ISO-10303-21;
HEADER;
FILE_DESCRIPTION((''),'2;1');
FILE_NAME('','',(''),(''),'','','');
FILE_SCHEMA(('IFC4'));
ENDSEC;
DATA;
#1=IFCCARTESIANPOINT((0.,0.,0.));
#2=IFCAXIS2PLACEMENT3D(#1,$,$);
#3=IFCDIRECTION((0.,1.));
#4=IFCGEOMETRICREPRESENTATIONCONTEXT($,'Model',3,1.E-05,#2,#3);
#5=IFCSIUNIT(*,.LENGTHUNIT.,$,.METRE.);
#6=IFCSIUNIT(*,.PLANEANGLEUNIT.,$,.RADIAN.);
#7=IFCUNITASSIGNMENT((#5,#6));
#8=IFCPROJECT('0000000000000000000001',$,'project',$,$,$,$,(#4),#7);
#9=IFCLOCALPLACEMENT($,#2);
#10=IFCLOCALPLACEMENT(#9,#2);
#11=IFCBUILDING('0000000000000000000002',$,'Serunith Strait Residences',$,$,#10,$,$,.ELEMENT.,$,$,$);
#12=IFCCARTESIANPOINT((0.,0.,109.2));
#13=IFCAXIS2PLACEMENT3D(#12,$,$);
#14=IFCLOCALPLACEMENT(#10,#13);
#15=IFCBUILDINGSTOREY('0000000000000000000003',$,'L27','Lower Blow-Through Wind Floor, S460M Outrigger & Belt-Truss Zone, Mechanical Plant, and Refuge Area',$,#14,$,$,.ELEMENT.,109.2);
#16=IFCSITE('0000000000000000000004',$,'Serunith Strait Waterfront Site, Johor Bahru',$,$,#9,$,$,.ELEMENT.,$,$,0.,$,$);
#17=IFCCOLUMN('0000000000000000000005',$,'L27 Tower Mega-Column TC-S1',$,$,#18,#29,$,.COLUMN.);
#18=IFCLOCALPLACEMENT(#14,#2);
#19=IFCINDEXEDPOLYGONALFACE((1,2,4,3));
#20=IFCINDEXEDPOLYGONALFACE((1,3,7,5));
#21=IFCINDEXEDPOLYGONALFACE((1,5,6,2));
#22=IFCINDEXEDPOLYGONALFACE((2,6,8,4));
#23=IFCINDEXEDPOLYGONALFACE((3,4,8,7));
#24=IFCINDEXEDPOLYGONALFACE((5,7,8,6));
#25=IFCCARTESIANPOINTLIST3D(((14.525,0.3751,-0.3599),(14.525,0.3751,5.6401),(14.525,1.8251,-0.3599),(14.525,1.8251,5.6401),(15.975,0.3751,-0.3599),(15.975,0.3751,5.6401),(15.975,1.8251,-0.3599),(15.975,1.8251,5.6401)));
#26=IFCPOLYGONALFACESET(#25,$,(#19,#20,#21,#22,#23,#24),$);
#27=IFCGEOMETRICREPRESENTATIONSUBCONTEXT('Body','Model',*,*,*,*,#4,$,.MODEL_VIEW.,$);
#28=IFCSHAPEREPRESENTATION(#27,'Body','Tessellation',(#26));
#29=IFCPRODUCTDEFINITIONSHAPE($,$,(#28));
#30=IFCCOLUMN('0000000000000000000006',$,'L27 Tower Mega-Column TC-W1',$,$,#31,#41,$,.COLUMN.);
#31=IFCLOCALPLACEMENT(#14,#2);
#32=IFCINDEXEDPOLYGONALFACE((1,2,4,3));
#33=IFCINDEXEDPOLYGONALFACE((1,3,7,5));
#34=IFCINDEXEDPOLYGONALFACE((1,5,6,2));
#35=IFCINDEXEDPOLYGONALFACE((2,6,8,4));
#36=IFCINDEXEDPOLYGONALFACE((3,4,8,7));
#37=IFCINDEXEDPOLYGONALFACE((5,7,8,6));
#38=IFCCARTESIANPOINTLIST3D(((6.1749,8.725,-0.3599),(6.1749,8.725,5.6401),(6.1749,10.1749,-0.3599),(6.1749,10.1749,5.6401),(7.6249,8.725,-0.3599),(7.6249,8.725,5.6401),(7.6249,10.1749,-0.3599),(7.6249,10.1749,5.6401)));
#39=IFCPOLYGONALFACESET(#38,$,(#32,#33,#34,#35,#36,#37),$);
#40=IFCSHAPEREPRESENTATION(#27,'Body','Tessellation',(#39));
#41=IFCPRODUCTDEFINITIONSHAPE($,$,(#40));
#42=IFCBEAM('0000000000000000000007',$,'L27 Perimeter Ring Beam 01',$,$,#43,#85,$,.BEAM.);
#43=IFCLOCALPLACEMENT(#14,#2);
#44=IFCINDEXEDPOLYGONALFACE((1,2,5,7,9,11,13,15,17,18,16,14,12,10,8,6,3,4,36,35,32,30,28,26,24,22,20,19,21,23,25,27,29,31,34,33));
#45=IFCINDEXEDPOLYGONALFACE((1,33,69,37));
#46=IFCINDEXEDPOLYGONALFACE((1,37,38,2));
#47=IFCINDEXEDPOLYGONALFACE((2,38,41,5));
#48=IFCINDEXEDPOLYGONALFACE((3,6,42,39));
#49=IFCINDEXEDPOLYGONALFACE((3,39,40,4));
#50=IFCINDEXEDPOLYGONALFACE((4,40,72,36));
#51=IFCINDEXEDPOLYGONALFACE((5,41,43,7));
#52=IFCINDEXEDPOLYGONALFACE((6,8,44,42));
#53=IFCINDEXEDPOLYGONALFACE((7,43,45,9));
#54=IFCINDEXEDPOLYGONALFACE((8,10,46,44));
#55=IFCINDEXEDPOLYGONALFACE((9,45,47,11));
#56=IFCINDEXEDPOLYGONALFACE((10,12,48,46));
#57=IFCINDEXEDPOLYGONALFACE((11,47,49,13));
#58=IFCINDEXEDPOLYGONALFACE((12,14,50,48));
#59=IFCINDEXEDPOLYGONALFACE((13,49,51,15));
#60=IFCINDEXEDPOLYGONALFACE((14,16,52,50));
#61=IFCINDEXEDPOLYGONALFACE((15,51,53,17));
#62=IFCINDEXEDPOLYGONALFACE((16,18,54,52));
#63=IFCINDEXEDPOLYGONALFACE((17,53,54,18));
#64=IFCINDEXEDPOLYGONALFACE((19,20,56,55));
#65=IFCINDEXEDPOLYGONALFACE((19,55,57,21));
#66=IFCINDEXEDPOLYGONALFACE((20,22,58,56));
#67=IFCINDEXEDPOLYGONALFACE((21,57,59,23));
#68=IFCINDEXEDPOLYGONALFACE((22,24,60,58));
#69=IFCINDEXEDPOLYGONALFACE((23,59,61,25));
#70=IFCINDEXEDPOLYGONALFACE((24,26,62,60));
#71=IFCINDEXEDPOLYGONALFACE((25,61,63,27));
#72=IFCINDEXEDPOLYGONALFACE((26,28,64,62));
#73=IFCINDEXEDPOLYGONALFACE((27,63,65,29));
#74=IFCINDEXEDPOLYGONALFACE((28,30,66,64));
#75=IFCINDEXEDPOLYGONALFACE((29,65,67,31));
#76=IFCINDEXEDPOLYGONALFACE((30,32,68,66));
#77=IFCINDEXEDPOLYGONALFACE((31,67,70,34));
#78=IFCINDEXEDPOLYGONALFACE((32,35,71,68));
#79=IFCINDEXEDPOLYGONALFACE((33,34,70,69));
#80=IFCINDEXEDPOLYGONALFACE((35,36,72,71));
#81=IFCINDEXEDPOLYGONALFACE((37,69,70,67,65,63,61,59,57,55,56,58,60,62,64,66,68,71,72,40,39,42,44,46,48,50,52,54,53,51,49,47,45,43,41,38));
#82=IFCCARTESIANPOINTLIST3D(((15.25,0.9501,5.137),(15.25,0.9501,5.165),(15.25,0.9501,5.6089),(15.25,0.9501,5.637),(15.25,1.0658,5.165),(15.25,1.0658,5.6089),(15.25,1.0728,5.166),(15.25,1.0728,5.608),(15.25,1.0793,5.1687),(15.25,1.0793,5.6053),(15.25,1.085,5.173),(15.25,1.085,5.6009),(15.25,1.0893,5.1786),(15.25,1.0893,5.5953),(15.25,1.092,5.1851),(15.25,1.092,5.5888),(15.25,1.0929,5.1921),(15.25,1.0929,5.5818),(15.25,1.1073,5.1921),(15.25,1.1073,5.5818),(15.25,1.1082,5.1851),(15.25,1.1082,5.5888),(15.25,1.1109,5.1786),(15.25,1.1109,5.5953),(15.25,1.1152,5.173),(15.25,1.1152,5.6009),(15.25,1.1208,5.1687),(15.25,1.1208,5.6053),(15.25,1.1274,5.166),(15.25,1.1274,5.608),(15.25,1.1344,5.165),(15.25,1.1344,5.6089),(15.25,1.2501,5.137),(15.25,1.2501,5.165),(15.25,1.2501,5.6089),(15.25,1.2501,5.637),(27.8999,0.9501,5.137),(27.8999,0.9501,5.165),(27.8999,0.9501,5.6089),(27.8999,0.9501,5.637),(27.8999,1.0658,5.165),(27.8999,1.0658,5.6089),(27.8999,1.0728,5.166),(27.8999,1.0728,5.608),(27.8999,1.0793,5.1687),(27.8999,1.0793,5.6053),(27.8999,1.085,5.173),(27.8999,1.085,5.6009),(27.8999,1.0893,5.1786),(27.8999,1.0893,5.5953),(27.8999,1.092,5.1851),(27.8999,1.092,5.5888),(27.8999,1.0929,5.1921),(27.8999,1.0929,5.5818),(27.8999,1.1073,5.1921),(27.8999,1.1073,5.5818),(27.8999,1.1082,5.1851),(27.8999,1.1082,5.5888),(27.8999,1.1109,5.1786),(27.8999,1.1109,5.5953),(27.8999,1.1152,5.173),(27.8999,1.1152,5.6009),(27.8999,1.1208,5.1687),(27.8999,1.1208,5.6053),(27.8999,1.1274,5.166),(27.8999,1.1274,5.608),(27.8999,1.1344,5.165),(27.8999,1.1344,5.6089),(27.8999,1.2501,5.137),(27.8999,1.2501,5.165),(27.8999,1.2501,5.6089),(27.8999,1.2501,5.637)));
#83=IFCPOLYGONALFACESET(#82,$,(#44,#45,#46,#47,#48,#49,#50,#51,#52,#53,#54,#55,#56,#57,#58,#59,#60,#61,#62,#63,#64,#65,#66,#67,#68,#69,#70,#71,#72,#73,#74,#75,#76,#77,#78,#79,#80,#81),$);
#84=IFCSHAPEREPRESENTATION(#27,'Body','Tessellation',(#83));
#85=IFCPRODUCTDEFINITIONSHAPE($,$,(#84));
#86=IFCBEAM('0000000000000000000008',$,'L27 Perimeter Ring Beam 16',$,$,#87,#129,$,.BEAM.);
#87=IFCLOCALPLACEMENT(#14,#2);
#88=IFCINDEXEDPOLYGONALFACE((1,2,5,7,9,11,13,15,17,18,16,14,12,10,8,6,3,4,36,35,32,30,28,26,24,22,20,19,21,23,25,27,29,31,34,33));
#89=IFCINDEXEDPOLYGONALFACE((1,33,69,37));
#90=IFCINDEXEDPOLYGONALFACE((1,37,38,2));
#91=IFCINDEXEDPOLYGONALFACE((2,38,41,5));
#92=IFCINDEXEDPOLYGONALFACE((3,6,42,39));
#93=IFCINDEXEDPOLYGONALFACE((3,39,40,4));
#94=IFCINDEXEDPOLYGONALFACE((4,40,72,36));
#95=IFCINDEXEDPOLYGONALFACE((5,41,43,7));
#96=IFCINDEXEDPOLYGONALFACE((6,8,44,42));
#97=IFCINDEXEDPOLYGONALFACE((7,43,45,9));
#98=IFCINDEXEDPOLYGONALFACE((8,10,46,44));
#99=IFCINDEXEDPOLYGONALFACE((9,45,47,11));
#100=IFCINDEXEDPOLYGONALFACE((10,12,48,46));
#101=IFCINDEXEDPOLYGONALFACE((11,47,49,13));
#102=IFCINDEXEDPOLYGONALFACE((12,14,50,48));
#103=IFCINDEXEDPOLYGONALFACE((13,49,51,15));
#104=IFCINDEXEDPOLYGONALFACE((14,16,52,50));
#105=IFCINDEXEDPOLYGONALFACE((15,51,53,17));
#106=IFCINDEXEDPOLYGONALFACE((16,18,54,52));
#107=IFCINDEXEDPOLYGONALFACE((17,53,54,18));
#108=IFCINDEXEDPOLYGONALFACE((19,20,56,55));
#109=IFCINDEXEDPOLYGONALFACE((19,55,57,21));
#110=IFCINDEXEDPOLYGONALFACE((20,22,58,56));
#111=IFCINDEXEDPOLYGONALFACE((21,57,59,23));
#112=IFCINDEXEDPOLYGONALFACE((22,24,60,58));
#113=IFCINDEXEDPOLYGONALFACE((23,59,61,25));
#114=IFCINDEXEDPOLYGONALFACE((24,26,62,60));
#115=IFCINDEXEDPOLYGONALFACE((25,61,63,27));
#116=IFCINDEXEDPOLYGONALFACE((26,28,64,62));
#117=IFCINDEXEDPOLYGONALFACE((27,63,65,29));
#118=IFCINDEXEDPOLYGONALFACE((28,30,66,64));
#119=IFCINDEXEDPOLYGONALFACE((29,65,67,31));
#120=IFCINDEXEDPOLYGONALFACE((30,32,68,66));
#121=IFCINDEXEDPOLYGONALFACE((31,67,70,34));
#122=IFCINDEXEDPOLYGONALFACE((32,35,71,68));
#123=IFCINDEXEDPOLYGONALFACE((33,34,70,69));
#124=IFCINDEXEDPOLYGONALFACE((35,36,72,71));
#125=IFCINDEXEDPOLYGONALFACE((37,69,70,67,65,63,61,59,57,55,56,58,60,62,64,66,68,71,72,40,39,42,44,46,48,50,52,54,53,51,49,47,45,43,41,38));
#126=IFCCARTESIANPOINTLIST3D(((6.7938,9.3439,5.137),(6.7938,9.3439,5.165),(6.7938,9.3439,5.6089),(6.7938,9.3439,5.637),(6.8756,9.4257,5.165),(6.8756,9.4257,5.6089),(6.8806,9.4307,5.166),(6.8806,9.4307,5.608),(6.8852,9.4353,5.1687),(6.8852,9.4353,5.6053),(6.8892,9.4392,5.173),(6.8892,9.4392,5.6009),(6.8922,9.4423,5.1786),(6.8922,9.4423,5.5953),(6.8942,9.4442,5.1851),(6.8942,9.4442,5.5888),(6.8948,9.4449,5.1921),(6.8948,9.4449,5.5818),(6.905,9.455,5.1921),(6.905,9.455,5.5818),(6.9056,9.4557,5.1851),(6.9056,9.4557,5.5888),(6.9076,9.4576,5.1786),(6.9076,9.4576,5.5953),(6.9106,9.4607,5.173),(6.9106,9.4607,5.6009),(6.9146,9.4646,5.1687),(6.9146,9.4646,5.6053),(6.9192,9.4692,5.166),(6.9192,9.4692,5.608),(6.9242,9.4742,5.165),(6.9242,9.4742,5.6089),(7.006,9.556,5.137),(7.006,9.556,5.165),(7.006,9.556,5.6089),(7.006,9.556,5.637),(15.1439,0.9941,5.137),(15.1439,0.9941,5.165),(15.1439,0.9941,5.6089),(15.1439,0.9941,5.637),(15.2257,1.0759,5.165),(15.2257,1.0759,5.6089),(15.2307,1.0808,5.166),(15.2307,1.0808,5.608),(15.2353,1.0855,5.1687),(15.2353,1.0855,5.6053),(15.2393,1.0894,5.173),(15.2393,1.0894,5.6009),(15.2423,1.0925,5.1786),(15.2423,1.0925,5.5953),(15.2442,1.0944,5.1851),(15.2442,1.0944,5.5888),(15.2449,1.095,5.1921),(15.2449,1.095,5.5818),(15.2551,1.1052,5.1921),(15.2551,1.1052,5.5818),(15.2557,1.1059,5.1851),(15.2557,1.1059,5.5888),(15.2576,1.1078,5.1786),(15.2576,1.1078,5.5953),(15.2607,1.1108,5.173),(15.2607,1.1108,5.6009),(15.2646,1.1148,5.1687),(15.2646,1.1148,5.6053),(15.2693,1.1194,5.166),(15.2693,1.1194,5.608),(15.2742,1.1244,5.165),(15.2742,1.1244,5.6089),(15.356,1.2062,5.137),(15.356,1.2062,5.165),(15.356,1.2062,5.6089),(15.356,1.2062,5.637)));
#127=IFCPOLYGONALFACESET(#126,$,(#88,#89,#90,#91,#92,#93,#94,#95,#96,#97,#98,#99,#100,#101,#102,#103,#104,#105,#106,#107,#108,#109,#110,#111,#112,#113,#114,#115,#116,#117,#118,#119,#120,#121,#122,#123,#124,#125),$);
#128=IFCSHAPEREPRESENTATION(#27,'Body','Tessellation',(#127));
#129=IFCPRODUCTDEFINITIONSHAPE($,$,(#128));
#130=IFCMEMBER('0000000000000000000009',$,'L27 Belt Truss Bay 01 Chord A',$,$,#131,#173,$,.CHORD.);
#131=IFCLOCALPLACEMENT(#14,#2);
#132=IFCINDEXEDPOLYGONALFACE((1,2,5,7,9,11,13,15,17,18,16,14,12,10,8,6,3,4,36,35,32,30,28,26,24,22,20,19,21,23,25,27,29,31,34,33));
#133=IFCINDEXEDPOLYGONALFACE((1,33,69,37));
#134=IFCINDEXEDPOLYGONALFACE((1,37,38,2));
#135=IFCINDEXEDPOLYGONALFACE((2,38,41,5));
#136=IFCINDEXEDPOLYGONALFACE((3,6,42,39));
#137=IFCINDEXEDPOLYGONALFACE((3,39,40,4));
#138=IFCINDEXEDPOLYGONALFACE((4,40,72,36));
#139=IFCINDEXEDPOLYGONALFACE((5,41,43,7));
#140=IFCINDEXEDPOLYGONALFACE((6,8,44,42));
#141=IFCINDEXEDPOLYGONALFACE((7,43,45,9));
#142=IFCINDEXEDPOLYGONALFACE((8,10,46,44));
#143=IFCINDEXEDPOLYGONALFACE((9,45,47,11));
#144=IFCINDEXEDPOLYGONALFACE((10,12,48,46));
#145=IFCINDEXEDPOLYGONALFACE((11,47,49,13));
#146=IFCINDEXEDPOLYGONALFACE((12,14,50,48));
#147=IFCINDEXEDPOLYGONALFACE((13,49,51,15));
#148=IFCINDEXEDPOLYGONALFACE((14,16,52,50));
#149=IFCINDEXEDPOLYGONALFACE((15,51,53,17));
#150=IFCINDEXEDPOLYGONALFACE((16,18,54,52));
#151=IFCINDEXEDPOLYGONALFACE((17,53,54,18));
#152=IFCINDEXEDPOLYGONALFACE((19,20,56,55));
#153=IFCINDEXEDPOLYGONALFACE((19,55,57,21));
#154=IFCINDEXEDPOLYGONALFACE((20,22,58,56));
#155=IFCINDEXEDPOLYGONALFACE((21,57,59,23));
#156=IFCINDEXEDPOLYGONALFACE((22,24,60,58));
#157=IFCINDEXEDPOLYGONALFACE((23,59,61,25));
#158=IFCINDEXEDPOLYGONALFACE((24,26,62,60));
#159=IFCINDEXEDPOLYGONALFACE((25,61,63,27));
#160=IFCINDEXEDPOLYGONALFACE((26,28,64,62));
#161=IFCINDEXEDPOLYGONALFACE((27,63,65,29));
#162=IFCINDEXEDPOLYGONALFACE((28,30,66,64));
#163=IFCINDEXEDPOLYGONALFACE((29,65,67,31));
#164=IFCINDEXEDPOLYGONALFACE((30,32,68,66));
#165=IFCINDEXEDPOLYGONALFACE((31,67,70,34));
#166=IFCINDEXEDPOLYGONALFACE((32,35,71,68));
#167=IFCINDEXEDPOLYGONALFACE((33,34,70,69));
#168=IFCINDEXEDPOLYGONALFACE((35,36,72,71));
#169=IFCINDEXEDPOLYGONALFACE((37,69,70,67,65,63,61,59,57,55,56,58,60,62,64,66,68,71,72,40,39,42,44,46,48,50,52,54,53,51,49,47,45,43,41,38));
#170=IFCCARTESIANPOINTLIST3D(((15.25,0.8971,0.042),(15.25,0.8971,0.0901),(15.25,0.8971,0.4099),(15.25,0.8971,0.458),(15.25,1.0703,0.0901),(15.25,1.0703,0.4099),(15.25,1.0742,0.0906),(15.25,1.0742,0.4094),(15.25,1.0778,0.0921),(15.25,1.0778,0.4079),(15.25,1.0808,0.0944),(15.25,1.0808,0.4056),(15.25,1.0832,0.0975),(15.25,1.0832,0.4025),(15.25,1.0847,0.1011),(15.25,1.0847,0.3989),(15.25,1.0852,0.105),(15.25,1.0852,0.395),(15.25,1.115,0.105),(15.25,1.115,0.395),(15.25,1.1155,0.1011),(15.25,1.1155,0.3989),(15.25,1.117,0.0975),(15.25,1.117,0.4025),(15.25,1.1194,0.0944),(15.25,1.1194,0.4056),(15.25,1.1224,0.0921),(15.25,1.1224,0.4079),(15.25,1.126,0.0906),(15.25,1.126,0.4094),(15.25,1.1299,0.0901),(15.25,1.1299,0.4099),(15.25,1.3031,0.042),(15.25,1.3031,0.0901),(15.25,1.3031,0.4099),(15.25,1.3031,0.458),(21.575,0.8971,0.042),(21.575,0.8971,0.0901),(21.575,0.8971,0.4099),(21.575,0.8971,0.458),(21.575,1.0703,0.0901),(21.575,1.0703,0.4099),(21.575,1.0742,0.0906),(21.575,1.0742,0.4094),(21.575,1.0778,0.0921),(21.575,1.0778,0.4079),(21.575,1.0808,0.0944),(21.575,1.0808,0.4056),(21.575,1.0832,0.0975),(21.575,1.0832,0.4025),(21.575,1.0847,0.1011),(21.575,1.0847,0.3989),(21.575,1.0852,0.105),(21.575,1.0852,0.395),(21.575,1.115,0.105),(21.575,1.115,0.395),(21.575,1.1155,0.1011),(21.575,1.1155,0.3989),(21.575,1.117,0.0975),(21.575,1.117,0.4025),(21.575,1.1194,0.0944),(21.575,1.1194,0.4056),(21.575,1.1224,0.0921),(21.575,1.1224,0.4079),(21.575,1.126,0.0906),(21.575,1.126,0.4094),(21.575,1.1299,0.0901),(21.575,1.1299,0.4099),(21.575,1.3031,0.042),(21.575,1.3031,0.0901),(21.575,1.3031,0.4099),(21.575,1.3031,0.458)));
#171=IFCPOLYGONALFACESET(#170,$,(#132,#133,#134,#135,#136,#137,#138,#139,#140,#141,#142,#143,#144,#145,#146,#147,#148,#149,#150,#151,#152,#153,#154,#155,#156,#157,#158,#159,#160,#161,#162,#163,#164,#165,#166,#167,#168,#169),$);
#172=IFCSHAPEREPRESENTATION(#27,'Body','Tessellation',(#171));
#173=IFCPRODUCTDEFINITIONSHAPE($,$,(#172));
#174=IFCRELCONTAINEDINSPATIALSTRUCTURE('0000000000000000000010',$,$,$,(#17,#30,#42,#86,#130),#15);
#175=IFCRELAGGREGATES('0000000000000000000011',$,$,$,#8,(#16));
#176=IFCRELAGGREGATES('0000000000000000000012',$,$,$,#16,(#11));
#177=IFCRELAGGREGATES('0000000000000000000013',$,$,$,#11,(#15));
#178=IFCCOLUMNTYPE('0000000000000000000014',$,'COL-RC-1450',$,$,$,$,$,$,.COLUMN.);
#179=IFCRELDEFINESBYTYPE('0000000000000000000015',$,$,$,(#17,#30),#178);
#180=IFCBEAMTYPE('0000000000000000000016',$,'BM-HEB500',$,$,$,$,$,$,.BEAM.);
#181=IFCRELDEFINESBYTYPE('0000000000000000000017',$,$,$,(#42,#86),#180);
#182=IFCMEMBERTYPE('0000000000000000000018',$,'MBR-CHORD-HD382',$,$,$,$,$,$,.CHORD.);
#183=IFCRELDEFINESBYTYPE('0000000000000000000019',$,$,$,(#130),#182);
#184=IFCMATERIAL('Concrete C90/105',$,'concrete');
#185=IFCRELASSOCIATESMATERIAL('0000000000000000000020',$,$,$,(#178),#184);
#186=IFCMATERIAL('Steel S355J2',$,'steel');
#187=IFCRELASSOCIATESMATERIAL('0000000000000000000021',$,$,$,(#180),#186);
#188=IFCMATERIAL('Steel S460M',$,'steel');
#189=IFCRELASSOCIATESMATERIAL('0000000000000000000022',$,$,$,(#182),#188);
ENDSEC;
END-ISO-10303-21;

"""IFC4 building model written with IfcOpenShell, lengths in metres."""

from ifc_helpers import new_model, si_unit, direction, frame, origin, origin_2d, place, context, subcontext, project, spatial, rectangle, i_section, extrude, source, transform, mapped, material, material_profile, profile_set, type_object, element, save


model = new_model("IFC4")

# Units and contexts
model_context = context("Model", 3, precision=1e-05, world=origin(), true_north=direction((0.0, 1.0)))
body_context = subcontext(model_context, "Body", "Model", "MODEL_VIEW")
ifc_project = project(units=[si_unit("LENGTHUNIT", "METRE"), si_unit("PLANEANGLEUNIT", "RADIAN")], contexts=[model_context])

# Site, building, storey
site_placement = place(None, origin())
site = spatial("IfcSite", under=ifc_project, at=site_placement, Name="Serunith Strait Waterfront Site, Johor Bahru", CompositionType="ELEMENT", RefElevation=0.0)
building_placement = place(site_placement, origin())
building = spatial("IfcBuilding", under=site, at=building_placement, Name="Serunith Strait Residences", CompositionType="ELEMENT")
storey_placement = place(building_placement, frame((0.0, 0.0, 109.2)))
storey = spatial("IfcBuildingStorey", under=building, at=storey_placement, Name="L27", Description="Lower Blow-Through Wind Floor, S460M Outrigger & Belt-Truss Zone, Mechanical Plant, and Refuge Area", CompositionType="ELEMENT", Elevation=109.2)

# Columns
ifc_material_1 = material(Name="Concrete C90/105", Category="concrete")
ifc_material_profile_1 = material_profile(ifc_material_1, rectangle(XDim=1.45, YDim=1.45, at=origin_2d()), Name="RC 1450x1450")
ifc_profile_set_1 = profile_set([ifc_material_profile_1], Name="Concrete C90/105")
column_type = type_object("IfcColumnType", Name="COL-RC-1450", PredefinedType="COLUMN", material=ifc_profile_set_1)
shared_shape_1 = source(origin(), body_context, "Body", "SweptSolid", [
    extrude(rectangle(XDim=1.45, YDim=1.45, at=origin_2d()), origin(), (0.0, 0.0, 1.0), 6.0),
])
for number, where, z_axis, x_axis, name in (
    (1, (15.25, 1.1001, -0.3599), (0.0, 0.0, 1.0), (1.0, 0.0, 0.0), "L27 Tower Mega-Column TC-S1"),
    (2, (6.8999, 9.45, -0.3599), (0.0, 0.0, 1.0), (1.0, 0.0, 0.0), "L27 Tower Mega-Column TC-W1"),
):
    element("IfcColumn", number, at=place(storey_placement, frame(where, z_axis=z_axis, x_axis=x_axis)), inside=storey, type_object=column_type, Name=name, PredefinedType="COLUMN", context=body_context, shape_type="MappedRepresentation", body=[
        mapped(shared_shape_1, transform((0.0, 0.0, 0.0), scale=1.0)),
    ])

# Beams
ifc_material_2 = material(Name="Steel S355J2", Category="steel")
ifc_material_profile_2 = material_profile(ifc_material_2, i_section(OverallWidth=0.3, OverallDepth=0.5, WebThickness=0.0144, FlangeThickness=0.0281, FilletRadius=0.0271, at=origin_2d()), Name="HEB 500")
ifc_profile_set_2 = profile_set([ifc_material_profile_2], Name="Steel S355J2")
beam_type = type_object("IfcBeamType", Name="BM-HEB500", PredefinedType="BEAM", material=ifc_profile_set_2)
shared_shape_2 = source(origin(), body_context, "Body", "SweptSolid", [
    extrude(i_section(OverallWidth=0.3, OverallDepth=0.5, WebThickness=0.0144, FlangeThickness=0.0281, FilletRadius=0.0271, at=origin_2d()), origin(), (0.0, 0.0, 1.0), 12.6499),
])
beam_1_placement = place(storey_placement, frame((15.25, 1.1001, 5.387), z_axis=(1.0, 0.0, 0.0), x_axis=(0.0, 1.0, 0.0)))
element("IfcBeam", 3, at=beam_1_placement, inside=storey, type_object=beam_type, Name="L27 Perimeter Ring Beam 01", PredefinedType="BEAM", context=body_context, shape_type="MappedRepresentation", body=[
    mapped(shared_shape_2, transform((0.0, 0.0, 0.0), scale=1.0)),
])
shared_shape_3 = source(origin(), body_context, "Body", "SweptSolid", [
    extrude(i_section(OverallWidth=0.3, OverallDepth=0.5, WebThickness=0.0144, FlangeThickness=0.0281, FilletRadius=0.0271, at=origin_2d()), origin(), (0.0, 0.0, 1.0), 11.8086),
])
beam_2_placement = place(storey_placement, frame((6.8999, 9.45, 5.387), z_axis=(0.707117, -0.707096, 0.0), x_axis=(0.707096, 0.707117, 0.0)))
element("IfcBeam", 4, at=beam_2_placement, inside=storey, type_object=beam_type, Name="L27 Perimeter Ring Beam 16", PredefinedType="BEAM", context=body_context, shape_type="MappedRepresentation", body=[
    mapped(shared_shape_3, transform((0.0, 0.0, 0.0), scale=1.0)),
])

# Member
ifc_material_3 = material(Name="Steel S460M", Category="steel")
ifc_material_profile_3 = material_profile(ifc_material_3, i_section(OverallWidth=0.406, OverallDepth=0.416, WebThickness=0.0298, FlangeThickness=0.0481, FilletRadius=0.0149, at=origin_2d()), Name="HD 400x382")
ifc_profile_set_3 = profile_set([ifc_material_profile_3], Name="Steel S460M")
member_type_1 = type_object("IfcMemberType", Name="MBR-CHORD-HD382", PredefinedType="CHORD", material=ifc_profile_set_3)
shared_shape_4 = source(origin(), body_context, "Body", "SweptSolid", [
    extrude(i_section(OverallWidth=0.406, OverallDepth=0.416, WebThickness=0.0298, FlangeThickness=0.0481, FilletRadius=0.0149, at=origin_2d()), origin(), (0.0, 0.0, 1.0), 6.325),
])
member_1_placement = place(storey_placement, frame((15.25, 1.1001, 0.25), z_axis=(1.0, 0.0, 0.0), x_axis=(0.0, 1.0, 0.0)))
element("IfcMember", 5, at=member_1_placement, inside=storey, type_object=member_type_1, Name="L27 Belt Truss Bay 01 Chord A", PredefinedType="CHORD", context=body_context, shape_type="MappedRepresentation", body=[
    mapped(shared_shape_4, transform((0.0, 0.0, 0.0), scale=1.0)),
])

save(model, "model.ifc")
